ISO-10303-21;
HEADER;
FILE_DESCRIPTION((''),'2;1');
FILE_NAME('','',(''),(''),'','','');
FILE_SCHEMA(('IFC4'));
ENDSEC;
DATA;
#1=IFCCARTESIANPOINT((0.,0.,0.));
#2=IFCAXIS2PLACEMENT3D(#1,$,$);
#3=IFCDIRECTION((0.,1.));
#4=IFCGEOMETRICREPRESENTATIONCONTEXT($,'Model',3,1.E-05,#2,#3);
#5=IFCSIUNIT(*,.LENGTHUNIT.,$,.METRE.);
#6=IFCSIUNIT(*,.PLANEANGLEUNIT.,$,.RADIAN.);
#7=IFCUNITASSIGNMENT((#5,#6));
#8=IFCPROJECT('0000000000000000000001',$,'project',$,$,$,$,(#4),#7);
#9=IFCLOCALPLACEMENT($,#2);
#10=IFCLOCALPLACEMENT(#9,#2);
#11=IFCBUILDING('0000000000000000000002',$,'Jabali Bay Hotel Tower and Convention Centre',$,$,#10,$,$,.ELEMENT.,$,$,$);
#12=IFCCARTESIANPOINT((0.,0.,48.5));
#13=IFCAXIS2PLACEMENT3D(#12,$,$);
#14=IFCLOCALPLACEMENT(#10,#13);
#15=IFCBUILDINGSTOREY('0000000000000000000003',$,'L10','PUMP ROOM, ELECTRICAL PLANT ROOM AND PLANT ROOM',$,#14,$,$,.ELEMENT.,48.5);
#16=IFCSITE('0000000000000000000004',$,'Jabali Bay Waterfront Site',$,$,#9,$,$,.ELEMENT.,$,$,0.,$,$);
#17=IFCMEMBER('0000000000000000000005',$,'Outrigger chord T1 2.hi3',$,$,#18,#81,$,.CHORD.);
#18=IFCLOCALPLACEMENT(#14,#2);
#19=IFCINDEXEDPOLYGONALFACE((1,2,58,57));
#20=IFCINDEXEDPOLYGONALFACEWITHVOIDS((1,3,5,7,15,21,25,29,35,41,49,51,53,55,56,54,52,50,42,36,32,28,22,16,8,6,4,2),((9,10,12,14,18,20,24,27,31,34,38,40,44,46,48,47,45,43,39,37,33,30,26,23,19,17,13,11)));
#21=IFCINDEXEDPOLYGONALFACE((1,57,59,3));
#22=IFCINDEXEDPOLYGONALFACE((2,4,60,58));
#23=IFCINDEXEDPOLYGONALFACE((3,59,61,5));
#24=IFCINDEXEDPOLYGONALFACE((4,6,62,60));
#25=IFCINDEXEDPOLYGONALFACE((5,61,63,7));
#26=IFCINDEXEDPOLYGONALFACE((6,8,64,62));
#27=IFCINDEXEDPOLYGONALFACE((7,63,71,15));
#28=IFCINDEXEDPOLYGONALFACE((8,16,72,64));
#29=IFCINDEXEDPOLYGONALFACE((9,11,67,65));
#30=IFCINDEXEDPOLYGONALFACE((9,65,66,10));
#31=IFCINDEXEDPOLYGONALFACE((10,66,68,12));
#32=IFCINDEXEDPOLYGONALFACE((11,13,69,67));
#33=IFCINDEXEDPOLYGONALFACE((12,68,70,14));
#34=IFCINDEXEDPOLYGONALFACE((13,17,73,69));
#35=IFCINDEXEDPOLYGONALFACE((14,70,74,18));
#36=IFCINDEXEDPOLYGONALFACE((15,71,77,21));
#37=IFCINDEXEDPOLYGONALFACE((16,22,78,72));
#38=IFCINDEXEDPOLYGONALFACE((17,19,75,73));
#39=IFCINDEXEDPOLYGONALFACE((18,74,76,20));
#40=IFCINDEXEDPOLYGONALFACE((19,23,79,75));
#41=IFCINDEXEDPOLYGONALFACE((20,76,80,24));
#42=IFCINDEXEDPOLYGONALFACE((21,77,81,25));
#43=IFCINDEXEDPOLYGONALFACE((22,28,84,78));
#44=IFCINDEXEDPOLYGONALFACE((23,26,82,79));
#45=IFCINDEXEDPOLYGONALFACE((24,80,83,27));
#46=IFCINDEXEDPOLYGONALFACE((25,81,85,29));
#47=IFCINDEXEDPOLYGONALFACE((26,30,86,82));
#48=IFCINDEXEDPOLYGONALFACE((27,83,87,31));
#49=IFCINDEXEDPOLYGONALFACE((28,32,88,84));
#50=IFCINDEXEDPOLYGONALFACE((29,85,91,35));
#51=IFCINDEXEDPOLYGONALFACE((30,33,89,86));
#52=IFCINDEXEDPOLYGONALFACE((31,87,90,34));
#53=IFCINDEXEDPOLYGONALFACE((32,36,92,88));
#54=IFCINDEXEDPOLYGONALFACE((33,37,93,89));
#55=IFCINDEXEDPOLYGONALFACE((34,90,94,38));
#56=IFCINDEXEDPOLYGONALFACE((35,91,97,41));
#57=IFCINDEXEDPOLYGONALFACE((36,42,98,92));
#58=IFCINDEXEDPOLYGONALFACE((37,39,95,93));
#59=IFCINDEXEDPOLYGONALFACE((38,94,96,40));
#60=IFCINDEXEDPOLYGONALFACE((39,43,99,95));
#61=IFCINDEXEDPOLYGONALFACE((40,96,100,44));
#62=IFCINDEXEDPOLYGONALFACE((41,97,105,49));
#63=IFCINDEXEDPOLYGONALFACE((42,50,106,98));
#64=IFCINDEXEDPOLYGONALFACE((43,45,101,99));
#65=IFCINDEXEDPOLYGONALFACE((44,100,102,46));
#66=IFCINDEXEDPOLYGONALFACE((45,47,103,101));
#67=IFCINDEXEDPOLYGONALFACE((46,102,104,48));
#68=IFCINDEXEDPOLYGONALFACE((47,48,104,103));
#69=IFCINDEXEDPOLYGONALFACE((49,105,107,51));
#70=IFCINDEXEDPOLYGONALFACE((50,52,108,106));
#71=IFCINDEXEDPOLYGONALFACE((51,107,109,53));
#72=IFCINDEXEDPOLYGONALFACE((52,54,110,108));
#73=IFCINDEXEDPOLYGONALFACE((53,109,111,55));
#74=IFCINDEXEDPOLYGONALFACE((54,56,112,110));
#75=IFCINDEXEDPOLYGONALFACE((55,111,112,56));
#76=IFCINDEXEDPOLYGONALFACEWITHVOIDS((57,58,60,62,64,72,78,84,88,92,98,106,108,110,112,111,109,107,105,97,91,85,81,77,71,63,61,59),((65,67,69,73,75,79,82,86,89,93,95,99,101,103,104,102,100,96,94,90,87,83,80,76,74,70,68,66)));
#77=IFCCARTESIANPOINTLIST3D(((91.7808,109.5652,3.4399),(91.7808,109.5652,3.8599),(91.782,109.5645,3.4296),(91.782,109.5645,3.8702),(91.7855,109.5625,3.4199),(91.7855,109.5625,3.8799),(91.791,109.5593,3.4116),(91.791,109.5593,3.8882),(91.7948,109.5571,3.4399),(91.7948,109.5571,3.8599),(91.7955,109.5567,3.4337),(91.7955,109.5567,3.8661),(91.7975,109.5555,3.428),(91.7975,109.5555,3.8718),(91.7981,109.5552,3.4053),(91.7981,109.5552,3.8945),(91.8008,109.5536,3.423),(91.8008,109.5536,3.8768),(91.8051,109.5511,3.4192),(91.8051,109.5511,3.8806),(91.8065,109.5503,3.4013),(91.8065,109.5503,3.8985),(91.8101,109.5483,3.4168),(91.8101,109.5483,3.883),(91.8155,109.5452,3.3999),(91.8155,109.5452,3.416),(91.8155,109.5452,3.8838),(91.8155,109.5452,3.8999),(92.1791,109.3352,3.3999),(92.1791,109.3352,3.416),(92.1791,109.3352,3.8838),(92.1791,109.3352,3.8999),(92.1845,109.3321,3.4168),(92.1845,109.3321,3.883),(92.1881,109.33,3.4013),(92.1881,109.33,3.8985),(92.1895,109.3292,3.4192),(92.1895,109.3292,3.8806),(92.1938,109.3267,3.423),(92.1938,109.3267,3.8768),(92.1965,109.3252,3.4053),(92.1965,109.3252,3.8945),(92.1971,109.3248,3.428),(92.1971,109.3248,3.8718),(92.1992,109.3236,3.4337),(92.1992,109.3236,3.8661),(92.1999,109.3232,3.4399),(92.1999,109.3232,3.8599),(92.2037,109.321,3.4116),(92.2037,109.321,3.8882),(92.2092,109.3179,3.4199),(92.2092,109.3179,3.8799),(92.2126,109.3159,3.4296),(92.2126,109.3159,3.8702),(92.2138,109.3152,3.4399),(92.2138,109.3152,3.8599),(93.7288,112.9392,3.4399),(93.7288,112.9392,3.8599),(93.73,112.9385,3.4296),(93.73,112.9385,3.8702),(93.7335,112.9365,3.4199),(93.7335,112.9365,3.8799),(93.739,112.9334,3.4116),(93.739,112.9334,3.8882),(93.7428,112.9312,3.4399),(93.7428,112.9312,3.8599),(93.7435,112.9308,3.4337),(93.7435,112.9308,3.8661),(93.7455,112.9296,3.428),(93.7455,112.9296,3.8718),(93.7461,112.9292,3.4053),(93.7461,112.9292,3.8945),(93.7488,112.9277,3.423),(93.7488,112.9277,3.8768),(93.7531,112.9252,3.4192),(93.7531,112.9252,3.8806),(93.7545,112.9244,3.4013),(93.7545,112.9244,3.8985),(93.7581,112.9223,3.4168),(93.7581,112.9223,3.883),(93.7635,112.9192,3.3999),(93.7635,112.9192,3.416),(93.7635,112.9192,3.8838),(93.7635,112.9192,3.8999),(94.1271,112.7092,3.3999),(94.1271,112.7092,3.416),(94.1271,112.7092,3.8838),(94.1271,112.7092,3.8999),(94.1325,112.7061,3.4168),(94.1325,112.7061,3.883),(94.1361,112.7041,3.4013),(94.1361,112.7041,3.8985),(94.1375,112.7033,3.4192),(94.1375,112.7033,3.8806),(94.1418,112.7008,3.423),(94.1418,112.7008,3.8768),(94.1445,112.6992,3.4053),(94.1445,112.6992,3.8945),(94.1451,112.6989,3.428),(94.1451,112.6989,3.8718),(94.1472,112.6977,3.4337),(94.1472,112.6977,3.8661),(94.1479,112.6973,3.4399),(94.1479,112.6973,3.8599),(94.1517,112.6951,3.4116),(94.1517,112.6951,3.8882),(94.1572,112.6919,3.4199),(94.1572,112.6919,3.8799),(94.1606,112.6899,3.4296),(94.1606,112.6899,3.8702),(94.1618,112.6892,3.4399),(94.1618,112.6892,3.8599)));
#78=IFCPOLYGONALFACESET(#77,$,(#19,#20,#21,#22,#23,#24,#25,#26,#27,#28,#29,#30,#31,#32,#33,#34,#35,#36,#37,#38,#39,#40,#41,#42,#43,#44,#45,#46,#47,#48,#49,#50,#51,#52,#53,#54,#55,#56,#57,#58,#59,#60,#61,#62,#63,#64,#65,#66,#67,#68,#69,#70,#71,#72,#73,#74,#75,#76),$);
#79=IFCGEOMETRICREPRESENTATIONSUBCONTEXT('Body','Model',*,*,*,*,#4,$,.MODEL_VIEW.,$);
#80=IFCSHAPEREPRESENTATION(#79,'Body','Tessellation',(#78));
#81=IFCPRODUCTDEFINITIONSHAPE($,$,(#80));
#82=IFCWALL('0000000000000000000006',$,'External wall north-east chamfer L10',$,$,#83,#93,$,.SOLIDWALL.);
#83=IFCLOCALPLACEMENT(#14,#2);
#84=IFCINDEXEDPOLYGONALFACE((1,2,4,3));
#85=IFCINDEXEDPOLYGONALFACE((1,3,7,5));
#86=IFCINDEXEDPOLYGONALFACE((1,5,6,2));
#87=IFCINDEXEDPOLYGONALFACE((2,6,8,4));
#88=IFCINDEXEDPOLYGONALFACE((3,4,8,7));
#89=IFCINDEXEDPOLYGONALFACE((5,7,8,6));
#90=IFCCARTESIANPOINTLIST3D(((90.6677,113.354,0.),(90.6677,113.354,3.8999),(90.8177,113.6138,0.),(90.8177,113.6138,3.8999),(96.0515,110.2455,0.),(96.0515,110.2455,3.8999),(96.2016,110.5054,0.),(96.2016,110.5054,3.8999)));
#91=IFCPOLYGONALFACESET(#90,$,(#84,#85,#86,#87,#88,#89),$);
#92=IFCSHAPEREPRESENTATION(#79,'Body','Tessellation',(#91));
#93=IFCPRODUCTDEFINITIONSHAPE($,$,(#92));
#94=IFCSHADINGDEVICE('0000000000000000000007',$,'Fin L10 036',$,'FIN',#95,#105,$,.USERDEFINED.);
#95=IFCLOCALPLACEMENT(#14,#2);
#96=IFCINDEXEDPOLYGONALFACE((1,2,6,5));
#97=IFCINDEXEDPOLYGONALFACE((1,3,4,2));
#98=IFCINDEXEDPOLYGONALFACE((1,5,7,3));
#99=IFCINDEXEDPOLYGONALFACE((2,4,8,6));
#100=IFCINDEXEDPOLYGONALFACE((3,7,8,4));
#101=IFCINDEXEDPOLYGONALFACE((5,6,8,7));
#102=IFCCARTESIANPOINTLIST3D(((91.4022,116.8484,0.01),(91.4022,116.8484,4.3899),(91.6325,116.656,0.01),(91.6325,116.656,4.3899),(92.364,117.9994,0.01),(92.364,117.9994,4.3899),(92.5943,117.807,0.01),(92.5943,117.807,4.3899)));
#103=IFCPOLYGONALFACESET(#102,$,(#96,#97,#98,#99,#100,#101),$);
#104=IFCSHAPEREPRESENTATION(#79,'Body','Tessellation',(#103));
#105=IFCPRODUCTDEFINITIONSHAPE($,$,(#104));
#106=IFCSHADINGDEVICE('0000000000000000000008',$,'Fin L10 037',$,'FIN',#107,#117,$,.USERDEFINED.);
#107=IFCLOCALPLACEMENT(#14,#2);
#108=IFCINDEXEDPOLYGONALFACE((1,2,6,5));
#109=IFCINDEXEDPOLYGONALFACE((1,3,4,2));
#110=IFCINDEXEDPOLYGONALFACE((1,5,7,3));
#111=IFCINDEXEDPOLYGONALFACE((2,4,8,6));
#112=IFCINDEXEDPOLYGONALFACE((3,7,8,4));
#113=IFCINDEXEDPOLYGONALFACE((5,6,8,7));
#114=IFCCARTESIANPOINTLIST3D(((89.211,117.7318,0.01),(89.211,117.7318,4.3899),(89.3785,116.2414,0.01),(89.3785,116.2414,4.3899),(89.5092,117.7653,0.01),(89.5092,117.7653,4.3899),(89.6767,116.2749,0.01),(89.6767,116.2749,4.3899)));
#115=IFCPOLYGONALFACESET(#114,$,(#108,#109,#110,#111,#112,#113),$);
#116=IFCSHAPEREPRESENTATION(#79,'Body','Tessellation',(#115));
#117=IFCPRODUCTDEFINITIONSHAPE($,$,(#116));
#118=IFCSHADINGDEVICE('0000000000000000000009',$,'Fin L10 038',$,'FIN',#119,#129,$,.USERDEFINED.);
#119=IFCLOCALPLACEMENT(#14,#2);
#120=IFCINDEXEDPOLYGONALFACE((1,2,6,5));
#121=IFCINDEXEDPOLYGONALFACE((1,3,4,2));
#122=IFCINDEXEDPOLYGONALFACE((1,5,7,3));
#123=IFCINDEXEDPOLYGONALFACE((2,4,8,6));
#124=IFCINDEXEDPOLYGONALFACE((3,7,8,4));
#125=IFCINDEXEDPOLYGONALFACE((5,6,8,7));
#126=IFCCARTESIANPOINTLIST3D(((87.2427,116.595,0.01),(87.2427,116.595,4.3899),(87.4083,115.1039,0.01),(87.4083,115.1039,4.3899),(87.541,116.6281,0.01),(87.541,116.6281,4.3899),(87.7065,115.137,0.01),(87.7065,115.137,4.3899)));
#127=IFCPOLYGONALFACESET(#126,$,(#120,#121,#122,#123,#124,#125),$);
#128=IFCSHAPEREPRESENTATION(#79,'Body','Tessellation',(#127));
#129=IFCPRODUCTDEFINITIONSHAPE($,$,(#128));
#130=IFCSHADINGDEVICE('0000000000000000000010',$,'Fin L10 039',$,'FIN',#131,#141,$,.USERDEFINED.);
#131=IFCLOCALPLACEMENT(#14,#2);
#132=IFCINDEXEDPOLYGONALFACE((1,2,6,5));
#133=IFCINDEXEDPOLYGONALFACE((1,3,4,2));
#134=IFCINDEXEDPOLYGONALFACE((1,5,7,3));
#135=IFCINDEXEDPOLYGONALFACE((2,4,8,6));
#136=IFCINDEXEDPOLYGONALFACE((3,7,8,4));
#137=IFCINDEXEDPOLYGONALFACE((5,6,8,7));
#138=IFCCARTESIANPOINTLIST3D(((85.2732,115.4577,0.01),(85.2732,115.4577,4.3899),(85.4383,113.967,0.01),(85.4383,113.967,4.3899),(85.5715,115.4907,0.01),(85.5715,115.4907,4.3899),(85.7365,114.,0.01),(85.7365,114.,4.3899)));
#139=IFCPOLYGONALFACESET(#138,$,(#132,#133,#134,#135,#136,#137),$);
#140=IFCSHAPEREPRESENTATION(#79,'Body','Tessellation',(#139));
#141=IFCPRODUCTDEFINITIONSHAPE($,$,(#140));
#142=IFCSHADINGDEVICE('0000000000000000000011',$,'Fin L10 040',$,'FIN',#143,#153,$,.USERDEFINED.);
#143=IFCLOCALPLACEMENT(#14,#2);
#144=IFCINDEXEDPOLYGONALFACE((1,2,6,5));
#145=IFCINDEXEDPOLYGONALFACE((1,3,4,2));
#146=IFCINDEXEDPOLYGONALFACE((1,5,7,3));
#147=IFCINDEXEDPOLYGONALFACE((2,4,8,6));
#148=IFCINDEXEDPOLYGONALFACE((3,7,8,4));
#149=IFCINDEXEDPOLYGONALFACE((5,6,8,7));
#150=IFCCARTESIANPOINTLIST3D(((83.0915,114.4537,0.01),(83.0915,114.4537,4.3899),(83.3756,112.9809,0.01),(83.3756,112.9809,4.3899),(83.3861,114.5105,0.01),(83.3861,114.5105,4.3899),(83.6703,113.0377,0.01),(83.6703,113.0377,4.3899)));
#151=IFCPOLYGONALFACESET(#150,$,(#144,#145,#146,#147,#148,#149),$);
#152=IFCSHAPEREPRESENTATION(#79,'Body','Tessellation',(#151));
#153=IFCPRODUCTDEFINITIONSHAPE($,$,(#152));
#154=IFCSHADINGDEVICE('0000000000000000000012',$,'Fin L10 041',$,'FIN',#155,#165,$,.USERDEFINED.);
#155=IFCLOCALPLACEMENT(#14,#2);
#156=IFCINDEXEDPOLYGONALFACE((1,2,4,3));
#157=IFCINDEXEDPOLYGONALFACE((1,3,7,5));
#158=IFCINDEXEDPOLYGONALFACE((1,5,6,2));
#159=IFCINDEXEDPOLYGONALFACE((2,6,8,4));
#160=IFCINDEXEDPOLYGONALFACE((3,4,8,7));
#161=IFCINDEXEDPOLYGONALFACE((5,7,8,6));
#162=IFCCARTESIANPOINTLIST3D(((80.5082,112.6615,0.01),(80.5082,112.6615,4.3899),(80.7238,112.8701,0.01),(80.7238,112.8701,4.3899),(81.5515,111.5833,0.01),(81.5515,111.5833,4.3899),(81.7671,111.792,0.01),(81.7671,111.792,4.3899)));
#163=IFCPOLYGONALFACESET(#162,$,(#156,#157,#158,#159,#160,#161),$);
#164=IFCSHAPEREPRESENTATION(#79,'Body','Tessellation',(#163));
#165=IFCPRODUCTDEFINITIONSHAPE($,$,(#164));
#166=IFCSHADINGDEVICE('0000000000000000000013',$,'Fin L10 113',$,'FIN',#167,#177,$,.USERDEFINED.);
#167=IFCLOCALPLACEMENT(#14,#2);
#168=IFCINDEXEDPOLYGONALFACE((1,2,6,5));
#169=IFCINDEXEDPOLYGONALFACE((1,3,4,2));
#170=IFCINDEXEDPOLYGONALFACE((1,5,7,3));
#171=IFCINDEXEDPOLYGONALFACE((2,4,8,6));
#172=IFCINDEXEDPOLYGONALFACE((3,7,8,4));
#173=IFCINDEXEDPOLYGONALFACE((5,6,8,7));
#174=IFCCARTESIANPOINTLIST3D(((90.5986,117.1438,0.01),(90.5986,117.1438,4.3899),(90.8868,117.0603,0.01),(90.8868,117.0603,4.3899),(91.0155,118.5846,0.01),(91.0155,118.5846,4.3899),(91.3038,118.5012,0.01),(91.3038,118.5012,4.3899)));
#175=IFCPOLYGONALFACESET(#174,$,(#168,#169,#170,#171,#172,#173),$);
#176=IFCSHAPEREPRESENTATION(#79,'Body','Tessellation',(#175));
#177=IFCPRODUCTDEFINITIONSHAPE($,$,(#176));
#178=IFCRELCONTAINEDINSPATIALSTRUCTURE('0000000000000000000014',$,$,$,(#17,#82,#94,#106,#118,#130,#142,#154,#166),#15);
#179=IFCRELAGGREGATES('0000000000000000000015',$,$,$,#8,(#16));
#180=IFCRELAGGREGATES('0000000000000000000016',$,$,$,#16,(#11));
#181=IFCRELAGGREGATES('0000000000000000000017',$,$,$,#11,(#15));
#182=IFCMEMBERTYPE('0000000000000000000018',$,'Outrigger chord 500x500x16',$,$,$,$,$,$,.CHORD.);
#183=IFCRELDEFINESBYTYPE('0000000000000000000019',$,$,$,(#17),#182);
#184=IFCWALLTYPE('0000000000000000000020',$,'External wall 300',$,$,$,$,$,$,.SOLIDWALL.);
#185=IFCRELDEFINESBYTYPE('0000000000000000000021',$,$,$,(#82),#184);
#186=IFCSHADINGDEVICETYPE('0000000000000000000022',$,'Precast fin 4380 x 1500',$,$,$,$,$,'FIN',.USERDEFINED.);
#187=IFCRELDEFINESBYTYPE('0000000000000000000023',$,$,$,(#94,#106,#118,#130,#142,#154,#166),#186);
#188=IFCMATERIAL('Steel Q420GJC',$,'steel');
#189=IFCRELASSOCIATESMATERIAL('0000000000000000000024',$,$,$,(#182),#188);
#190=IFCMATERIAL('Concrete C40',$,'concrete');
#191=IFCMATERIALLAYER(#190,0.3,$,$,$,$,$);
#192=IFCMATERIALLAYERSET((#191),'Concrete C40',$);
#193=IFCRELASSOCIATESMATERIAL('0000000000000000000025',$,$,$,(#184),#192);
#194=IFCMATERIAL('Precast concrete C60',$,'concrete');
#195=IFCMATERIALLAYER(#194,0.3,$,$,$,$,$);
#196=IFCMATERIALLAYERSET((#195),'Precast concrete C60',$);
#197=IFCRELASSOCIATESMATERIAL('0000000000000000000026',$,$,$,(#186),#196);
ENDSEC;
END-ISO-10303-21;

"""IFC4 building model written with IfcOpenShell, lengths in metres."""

from ifc_helpers import new_model, si_unit, direction, frame, frame_2d, origin, origin_2d, place, context, subcontext, project, spatial, rectangle, hollow_rectangle, extrude, material, layer, layer_set, material_profile, profile_set, type_object, element, save


model = new_model("IFC4")

# Units and contexts
model_context = context("Model", 3, precision=1e-05, world=origin(), true_north=direction((0.0, 1.0)))
body_context = subcontext(model_context, "Body", "Model", "MODEL_VIEW")
ifc_project = project(units=[si_unit("LENGTHUNIT", "METRE"), si_unit("PLANEANGLEUNIT", "RADIAN")], contexts=[model_context])

# Site, building, storey
site_placement = place(None, origin())
site = spatial("IfcSite", under=ifc_project, at=site_placement, Name="Jabali Bay Waterfront Site", CompositionType="ELEMENT", RefElevation=0.0)
building_placement = place(site_placement, origin())
building = spatial("IfcBuilding", under=site, at=building_placement, Name="Jabali Bay Hotel Tower and Convention Centre", CompositionType="ELEMENT")
storey_placement = place(building_placement, frame((0.0, 0.0, 48.5)))
storey = spatial("IfcBuildingStorey", under=building, at=storey_placement, Name="L10", Description="PUMP ROOM, ELECTRICAL PLANT ROOM AND PLANT ROOM", CompositionType="ELEMENT", Elevation=48.5)

# Member
ifc_material_1 = material(Name="Steel Q420GJC", Category="steel")
ifc_material_profile_1 = material_profile(ifc_material_1, hollow_rectangle(XDim=0.5, YDim=0.5, WallThickness=0.0161, InnerFilletRadius=0.0239, OuterFilletRadius=0.04, at=origin_2d()), Name="Outrigger chord 500x500x16")
ifc_profile_set_1 = profile_set([ifc_material_profile_1], Name="Steel Q420GJC")
member_type_1 = type_object("IfcMemberType", Name="Outrigger chord 500x500x16", PredefinedType="CHORD", material=ifc_profile_set_1)
member_1_placement = place(storey_placement, frame((91.9973, 109.4402, 3.6499), z_axis=(0.500001, 0.866025, 0.0), x_axis=(-0.866025, 0.500001, 0.0)))
element("IfcMember", 1, at=member_1_placement, inside=storey, type_object=member_type_1, Name="Outrigger chord T1 2.hi3", PredefinedType="CHORD", context=body_context, shape_type="SweptSolid", body=[
    extrude(hollow_rectangle(XDim=0.5, YDim=0.5, WallThickness=0.0161, InnerFilletRadius=0.0239, OuterFilletRadius=0.04, at=origin_2d()), origin(), (0.0, 0.0, 1.0), 3.896),
])

# Wall
ifc_material_2 = material(Name="Concrete C40", Category="concrete")
ifc_layer_1 = layer(ifc_material_2, 0.3)
ifc_layer_set_1 = layer_set([ifc_layer_1], Name="Concrete C40")
wall_type = type_object("IfcWallType", Name="External wall 300", PredefinedType="SOLIDWALL", material=ifc_layer_set_1)
wall_placement = place(storey_placement, frame((90.7427, 113.4839, 0.0), z_axis=(0.0, 0.0, 1.0), x_axis=(0.866021, -0.500008, 0.0)))
element("IfcWall", 2, at=wall_placement, inside=storey, type_object=wall_type, Name="External wall north-east chamfer L10", PredefinedType="SOLIDWALL", context=body_context, shape_type="SweptSolid", body=[
    extrude(rectangle(XDim=6.2168, YDim=0.3, at=frame_2d((3.1084, 0.0))), origin(), (0.0, 0.0, 1.0), 3.8999),
])

# Shading devices
ifc_material_3 = material(Name="Precast concrete C60", Category="concrete")
ifc_layer_2 = layer(ifc_material_3, 0.3)
ifc_layer_set_2 = layer_set([ifc_layer_2], Name="Precast concrete C60")
shading_device_type = type_object("IfcShadingDeviceType", Name="Precast fin 4380 x 1500", ElementType="FIN", PredefinedType="USERDEFINED", material=ifc_layer_set_2)
shading_device_1_placement = place(storey_placement, frame((91.5173, 116.7522, 0.01), z_axis=(0.0, 0.0, 1.0), x_axis=(0.641224, 0.767353, 0.0)))
element("IfcShadingDevice", 3, at=shading_device_1_placement, inside=storey, type_object=shading_device_type, Name="Fin L10 036", ObjectType="FIN", PredefinedType="USERDEFINED", context=body_context, shape_type="SweptSolid", body=[
    extrude(rectangle(XDim=1.5, YDim=0.3, at=frame_2d((0.75, 0.0))), origin(), (0.0, 0.0, 1.0), 4.3799),
])
shading_device_2_placement = place(storey_placement, frame((89.5276, 116.2581, 0.01), z_axis=(0.0, 0.0, 1.0), x_axis=(-0.111664, 0.993746, 0.0)))
element("IfcShadingDevice", 4, at=shading_device_2_placement, inside=storey, type_object=shading_device_type, Name="Fin L10 037", ObjectType="FIN", PredefinedType="USERDEFINED", context=body_context, shape_type="SweptSolid", body=[
    extrude(rectangle(XDim=1.4998, YDim=0.3, at=frame_2d((0.75, 0.0))), origin(), (0.0, 0.0, 1.0), 4.3799),
])
shading_device_3_placement = place(storey_placement, frame((87.5574, 115.1206, 0.01), z_axis=(0.0, 0.0, 1.0), x_axis=(-0.110342, 0.993894, 0.0)))
element("IfcShadingDevice", 5, at=shading_device_3_placement, inside=storey, type_object=shading_device_type, Name="Fin L10 038", ObjectType="FIN", PredefinedType="USERDEFINED", context=body_context, shape_type="SweptSolid", body=[
    extrude(rectangle(XDim=1.5002, YDim=0.3, at=frame_2d((0.75, 0.0))), origin(), (0.0, 0.0, 1.0), 4.3799),
])
shading_device_4_placement = place(storey_placement, frame((85.5874, 113.9834, 0.01), z_axis=(0.0, 0.0, 1.0), x_axis=(-0.110038, 0.993927, 0.0)))
element("IfcShadingDevice", 6, at=shading_device_4_placement, inside=storey, type_object=shading_device_type, Name="Fin L10 039", ObjectType="FIN", PredefinedType="USERDEFINED", context=body_context, shape_type="SweptSolid", body=[
    extrude(rectangle(XDim=1.4998, YDim=0.3, at=frame_2d((0.75, 0.0))), origin(), (0.0, 0.0, 1.0), 4.3799),
])
shading_device_5_placement = place(storey_placement, frame((83.5229, 113.0093, 0.01), z_axis=(0.0, 0.0, 1.0), x_axis=(-0.189445, 0.981891, 0.0)))
element("IfcShadingDevice", 7, at=shading_device_5_placement, inside=storey, type_object=shading_device_type, Name="Fin L10 040", ObjectType="FIN", PredefinedType="USERDEFINED", context=body_context, shape_type="SweptSolid", body=[
    extrude(rectangle(XDim=1.5, YDim=0.3, at=frame_2d((0.75, 0.0))), origin(), (0.0, 0.0, 1.0), 4.3799),
])
shading_device_6_placement = place(storey_placement, frame((81.6592, 111.6877, 0.01), z_axis=(0.0, 0.0, 1.0), x_axis=(-0.695375, 0.718647, 0.0)))
element("IfcShadingDevice", 8, at=shading_device_6_placement, inside=storey, type_object=shading_device_type, Name="Fin L10 041", ObjectType="FIN", PredefinedType="USERDEFINED", context=body_context, shape_type="SweptSolid", body=[
    extrude(rectangle(XDim=1.5002, YDim=0.3, at=frame_2d((0.75, 0.0))), origin(), (0.0, 0.0, 1.0), 4.3799),
])
shading_device_7_placement = place(storey_placement, frame((90.7427, 117.1021, 0.01), z_axis=(0.0, 0.0, 1.0), x_axis=(0.277987, 0.960585, 0.0)))
element("IfcShadingDevice", 9, at=shading_device_7_placement, inside=storey, type_object=shading_device_type, Name="Fin L10 113", ObjectType="FIN", PredefinedType="USERDEFINED", context=body_context, shape_type="SweptSolid", body=[
    extrude(rectangle(XDim=1.5, YDim=0.3, at=frame_2d((0.75, 0.0))), origin(), (0.0, 0.0, 1.0), 4.3799),
])

save(model, "model.ifc")
